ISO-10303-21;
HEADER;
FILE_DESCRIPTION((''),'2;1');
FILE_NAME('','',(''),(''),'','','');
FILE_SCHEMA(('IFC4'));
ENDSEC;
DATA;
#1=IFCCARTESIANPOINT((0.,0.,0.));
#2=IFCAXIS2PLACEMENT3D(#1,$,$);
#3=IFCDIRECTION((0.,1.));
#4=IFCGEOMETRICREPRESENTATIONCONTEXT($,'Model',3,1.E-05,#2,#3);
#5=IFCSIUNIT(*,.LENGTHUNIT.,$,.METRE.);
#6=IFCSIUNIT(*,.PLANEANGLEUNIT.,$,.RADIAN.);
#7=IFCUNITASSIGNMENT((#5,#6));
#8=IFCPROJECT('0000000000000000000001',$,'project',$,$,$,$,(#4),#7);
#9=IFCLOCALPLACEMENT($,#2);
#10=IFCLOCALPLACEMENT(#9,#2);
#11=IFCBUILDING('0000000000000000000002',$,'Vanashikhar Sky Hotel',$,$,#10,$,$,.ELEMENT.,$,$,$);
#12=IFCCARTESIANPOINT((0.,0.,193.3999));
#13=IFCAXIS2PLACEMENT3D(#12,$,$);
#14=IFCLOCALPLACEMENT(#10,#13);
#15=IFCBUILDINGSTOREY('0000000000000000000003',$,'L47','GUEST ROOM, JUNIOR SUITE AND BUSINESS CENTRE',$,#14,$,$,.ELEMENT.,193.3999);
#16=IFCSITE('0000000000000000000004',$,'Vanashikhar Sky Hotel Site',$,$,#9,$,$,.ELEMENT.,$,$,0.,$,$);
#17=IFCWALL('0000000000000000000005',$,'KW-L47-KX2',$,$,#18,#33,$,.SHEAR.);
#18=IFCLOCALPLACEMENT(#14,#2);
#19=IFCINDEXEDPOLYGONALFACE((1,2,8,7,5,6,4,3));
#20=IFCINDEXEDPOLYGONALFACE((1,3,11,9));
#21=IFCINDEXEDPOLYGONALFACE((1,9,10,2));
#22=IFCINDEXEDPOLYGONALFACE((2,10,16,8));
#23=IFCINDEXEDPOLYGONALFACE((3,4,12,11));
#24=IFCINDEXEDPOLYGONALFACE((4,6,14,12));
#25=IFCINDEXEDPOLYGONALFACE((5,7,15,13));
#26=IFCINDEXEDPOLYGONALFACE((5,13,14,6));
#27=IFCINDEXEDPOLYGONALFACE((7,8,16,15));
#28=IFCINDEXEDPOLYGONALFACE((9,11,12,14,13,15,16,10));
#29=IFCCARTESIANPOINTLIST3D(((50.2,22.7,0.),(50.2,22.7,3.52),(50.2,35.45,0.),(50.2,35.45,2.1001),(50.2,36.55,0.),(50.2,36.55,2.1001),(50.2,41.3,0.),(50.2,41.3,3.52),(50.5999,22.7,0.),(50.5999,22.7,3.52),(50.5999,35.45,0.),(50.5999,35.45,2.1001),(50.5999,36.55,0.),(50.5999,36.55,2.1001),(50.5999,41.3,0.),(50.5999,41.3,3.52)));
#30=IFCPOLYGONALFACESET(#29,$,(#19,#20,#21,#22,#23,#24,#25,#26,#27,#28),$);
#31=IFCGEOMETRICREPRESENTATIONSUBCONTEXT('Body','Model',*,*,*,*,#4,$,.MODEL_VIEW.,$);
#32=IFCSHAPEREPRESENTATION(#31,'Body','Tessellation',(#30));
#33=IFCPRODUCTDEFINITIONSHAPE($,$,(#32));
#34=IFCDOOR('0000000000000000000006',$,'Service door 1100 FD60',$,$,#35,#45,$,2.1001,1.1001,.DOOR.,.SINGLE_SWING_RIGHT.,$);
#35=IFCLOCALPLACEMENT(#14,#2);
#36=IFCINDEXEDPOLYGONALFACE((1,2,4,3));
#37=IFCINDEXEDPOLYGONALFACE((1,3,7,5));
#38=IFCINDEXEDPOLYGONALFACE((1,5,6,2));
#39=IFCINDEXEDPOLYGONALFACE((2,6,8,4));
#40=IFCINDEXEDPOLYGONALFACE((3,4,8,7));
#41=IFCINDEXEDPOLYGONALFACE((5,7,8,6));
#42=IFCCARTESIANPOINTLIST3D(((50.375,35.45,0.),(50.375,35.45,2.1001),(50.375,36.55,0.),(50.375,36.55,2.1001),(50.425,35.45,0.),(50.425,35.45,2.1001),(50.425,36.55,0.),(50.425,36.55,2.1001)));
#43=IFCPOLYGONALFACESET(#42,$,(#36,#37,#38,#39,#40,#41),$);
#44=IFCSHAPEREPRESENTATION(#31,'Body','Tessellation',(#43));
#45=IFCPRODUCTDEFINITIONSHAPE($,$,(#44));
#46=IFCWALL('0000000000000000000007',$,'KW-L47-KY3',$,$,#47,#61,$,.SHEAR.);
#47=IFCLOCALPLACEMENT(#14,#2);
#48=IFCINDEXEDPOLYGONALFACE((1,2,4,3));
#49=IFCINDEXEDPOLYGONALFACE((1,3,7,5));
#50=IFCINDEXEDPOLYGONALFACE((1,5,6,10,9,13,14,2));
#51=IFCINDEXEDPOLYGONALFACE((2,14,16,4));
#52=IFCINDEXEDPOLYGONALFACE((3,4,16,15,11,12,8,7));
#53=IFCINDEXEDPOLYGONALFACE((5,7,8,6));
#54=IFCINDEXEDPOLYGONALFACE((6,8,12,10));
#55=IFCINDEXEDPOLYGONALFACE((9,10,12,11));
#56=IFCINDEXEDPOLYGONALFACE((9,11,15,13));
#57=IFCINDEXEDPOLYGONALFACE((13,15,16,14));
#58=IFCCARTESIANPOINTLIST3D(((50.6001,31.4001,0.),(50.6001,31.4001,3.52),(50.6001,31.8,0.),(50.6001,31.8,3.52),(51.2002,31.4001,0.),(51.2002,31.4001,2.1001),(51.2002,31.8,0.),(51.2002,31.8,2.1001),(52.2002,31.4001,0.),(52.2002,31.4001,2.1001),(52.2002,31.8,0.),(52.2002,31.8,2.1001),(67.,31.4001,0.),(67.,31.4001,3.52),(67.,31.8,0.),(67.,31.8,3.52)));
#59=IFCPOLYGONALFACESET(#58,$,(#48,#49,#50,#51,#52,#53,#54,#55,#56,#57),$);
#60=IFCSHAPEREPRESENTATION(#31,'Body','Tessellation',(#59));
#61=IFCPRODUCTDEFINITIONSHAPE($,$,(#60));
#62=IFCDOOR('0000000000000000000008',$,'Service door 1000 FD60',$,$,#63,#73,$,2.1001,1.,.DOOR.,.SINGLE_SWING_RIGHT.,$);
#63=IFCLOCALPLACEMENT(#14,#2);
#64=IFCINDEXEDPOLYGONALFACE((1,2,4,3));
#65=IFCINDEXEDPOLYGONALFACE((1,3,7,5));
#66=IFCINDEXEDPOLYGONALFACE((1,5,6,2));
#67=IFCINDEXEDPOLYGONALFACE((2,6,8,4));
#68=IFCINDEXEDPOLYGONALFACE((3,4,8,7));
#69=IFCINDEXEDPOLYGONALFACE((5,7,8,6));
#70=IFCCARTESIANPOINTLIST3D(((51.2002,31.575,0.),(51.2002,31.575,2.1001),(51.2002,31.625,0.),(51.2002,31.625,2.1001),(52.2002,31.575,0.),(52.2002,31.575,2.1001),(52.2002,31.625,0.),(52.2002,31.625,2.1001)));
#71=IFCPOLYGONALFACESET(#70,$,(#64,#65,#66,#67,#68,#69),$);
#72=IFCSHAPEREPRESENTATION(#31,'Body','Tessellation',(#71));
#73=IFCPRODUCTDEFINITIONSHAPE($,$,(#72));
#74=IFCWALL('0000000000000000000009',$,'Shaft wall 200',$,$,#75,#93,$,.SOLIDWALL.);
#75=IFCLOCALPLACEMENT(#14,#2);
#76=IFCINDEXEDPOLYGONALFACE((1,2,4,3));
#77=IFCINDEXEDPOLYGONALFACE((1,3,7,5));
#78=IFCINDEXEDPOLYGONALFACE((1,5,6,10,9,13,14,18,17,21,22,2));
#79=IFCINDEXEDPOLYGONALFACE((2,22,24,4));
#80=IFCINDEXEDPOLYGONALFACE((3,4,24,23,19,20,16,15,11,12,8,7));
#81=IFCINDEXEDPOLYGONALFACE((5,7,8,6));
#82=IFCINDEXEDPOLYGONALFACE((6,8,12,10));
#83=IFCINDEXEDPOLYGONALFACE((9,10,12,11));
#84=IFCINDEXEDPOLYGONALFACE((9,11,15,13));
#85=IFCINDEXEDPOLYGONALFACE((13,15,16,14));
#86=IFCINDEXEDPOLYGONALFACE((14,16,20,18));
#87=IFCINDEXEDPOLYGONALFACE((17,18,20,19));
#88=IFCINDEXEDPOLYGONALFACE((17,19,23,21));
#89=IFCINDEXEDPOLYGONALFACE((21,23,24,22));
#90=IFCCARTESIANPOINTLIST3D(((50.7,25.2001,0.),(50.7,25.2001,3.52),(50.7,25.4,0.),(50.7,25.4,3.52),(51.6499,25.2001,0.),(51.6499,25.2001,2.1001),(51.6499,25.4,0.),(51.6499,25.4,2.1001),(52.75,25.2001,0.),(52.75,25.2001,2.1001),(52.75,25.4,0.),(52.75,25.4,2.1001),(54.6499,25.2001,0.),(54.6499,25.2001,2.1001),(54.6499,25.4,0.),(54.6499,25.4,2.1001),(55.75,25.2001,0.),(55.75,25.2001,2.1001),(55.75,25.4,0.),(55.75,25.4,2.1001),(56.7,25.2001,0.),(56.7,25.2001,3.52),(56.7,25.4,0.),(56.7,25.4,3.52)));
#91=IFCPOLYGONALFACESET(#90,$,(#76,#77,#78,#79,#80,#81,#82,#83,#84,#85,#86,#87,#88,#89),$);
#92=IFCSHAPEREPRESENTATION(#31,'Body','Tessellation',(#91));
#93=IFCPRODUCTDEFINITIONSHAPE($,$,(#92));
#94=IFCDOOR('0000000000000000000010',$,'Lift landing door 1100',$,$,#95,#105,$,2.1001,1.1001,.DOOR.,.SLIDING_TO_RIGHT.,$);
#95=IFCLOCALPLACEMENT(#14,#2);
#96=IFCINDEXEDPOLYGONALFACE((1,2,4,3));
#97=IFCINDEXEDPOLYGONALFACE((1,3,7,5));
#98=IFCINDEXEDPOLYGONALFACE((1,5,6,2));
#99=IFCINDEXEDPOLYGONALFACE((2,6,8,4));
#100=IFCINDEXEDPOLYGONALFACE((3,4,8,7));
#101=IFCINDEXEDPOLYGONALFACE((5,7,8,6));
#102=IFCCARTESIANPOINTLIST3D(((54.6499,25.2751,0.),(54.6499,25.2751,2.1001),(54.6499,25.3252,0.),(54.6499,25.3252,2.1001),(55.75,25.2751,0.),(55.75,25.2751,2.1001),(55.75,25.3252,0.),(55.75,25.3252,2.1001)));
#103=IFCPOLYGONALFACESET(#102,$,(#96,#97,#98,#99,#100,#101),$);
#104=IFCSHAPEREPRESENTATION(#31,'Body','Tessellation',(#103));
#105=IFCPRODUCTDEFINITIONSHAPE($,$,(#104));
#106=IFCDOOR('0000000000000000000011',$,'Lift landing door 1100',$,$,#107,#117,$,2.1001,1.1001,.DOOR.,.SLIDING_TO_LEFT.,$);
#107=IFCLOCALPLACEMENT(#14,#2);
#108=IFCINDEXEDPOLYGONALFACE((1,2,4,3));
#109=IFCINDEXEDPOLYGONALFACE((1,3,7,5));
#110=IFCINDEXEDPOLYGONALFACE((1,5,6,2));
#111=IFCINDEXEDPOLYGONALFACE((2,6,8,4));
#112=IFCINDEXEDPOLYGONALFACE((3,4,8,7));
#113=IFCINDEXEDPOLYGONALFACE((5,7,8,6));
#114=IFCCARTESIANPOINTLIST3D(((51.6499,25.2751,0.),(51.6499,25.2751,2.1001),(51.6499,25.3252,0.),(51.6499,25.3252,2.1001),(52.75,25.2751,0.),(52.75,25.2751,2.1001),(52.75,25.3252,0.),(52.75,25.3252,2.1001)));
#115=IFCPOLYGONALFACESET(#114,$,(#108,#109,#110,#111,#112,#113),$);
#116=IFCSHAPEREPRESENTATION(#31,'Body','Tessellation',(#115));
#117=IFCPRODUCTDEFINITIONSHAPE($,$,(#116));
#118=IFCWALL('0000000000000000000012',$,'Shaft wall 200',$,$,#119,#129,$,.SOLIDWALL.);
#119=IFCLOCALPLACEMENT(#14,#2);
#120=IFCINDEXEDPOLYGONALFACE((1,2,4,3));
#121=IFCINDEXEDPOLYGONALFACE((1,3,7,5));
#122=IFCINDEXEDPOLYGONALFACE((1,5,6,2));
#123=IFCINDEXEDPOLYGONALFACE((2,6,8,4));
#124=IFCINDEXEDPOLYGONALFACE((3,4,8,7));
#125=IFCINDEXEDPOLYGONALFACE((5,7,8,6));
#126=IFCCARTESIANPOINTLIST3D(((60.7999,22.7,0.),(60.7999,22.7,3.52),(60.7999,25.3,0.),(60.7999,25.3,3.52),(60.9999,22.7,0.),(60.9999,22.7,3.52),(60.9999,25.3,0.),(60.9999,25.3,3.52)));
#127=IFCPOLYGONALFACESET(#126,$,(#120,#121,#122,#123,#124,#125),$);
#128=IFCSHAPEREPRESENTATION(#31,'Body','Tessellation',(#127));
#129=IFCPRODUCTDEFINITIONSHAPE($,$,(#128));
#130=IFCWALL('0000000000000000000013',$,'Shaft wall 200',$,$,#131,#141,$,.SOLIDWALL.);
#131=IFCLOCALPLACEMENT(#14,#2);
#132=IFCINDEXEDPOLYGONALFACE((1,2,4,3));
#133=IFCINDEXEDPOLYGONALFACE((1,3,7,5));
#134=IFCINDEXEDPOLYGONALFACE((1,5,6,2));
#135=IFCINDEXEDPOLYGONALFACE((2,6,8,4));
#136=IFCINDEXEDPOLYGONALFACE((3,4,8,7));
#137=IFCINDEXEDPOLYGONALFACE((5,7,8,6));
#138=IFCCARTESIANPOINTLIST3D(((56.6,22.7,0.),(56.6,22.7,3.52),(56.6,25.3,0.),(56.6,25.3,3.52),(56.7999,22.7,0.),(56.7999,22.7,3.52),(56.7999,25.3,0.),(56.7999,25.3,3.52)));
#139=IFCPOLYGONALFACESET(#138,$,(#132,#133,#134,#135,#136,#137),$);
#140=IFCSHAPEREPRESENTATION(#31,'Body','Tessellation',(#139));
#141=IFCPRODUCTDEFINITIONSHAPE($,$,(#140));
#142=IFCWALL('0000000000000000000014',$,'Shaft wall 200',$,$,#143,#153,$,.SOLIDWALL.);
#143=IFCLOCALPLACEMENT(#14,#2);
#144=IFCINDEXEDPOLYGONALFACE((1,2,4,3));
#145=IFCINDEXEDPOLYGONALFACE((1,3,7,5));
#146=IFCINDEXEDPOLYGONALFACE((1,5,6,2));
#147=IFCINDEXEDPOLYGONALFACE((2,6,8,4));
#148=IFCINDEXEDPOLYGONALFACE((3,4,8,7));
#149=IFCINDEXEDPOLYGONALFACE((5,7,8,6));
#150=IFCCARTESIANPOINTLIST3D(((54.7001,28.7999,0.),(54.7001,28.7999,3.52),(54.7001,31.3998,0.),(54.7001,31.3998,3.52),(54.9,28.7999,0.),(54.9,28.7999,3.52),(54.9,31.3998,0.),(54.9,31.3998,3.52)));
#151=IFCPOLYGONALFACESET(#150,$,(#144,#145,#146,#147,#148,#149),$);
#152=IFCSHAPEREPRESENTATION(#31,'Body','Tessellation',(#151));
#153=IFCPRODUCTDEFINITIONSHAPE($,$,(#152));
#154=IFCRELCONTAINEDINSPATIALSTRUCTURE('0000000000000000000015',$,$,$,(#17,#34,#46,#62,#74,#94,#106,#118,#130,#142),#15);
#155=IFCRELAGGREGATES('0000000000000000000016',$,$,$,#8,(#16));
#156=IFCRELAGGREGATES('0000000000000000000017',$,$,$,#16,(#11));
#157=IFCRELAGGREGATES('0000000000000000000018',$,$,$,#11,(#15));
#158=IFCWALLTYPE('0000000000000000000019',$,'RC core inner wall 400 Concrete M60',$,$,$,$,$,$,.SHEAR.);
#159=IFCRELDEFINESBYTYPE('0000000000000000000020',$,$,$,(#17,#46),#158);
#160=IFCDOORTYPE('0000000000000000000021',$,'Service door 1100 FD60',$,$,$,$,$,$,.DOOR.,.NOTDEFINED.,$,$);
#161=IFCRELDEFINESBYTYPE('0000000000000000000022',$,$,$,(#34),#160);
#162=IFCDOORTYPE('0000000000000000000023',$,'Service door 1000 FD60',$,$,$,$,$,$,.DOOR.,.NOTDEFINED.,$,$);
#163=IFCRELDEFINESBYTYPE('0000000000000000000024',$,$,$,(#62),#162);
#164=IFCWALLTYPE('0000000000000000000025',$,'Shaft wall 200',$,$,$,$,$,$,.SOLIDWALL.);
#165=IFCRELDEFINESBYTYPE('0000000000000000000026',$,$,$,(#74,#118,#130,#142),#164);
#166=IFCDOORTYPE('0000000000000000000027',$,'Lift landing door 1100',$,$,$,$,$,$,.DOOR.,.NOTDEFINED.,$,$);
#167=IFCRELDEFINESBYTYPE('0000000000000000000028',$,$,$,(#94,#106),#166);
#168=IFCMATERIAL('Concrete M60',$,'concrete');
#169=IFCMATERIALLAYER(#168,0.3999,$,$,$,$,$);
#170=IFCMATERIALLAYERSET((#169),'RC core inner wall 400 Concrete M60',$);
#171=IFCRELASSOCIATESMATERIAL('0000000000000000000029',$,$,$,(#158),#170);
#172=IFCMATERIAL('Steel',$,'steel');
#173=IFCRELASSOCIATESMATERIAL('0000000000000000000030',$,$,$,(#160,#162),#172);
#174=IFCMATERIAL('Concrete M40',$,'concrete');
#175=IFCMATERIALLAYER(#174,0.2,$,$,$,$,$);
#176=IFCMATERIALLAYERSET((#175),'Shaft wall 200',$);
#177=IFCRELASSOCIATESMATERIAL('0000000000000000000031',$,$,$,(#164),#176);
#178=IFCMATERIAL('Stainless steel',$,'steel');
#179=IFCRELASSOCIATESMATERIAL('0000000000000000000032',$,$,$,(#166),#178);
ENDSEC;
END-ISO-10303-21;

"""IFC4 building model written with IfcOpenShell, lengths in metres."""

from ifc_helpers import new_model, si_unit, direction, frame, frame_2d, origin, place, context, subcontext, project, spatial, rectangle, extrude, source, transform, mapped, material, layer, layer_set, type_object, element, fill, save


model = new_model("IFC4")

# Units and contexts
model_context = context("Model", 3, precision=1e-05, world=origin(), true_north=direction((0.0, 1.0)))
body_context = subcontext(model_context, "Body", "Model", "MODEL_VIEW")
ifc_project = project(units=[si_unit("LENGTHUNIT", "METRE"), si_unit("PLANEANGLEUNIT", "RADIAN")], contexts=[model_context])

# Site, building, storey
site_placement = place(None, origin())
site = spatial("IfcSite", under=ifc_project, at=site_placement, Name="Vanashikhar Sky Hotel Site", CompositionType="ELEMENT", RefElevation=0.0)
building_placement = place(site_placement, origin())
building = spatial("IfcBuilding", under=site, at=building_placement, Name="Vanashikhar Sky Hotel", CompositionType="ELEMENT")
storey_placement = place(building_placement, frame((0.0, 0.0, 193.3999)))
storey = spatial("IfcBuildingStorey", under=building, at=storey_placement, Name="L47", Description="GUEST ROOM, JUNIOR SUITE AND BUSINESS CENTRE", CompositionType="ELEMENT", Elevation=193.3999)

# Walls, openings, doors
ifc_material_1 = material(Name="Concrete M60", Category="concrete")
ifc_layer_1 = layer(ifc_material_1, 0.3999)
ifc_layer_set_1 = layer_set([ifc_layer_1], Name="RC core inner wall 400 Concrete M60")
wall_type_1 = type_object("IfcWallType", Name="RC core inner wall 400 Concrete M60", PredefinedType="SHEAR", material=ifc_layer_set_1)
shared_shape_1 = source(origin(), body_context, "Body", "SweptSolid", [
    extrude(rectangle(XDim=18.6001, YDim=0.3999, at=frame_2d((9.3, 0.0))), origin(), (0.0, 0.0, 1.0), 3.52),
])
wall_1_placement = place(storey_placement, frame((50.3999, 22.7, 0.0), z_axis=(0.0, 0.0, 1.0), x_axis=(0.0, 1.0, 0.0)))
wall_1 = element("IfcWall", 1, at=wall_1_placement, inside=storey, type_object=wall_type_1, Name="KW-L47-KX2", PredefinedType="SHEAR", context=body_context, shape_type="MappedRepresentation", body=[
    mapped(shared_shape_1, transform((0.0, 0.0, 0.0), scale=1.0)),
])
shared_shape_2 = source(origin(), body_context, "Body", "SweptSolid", [
    extrude(rectangle(XDim=1.1001, YDim=2.1001, at=frame_2d((0.55, 1.05))), frame((0.0, 0.21, 0.0), z_axis=(0.0, -1.0, 0.0), x_axis=(1.0, 0.0, 0.0)), (0.0, 0.0, 1.0), 0.4199),
])
opening_1_placement = place(wall_1_placement, frame((12.75, 0.0, 0.0)))
opening_1 = element("IfcOpeningElement", 2, at=opening_1_placement, cuts=wall_1, PredefinedType="OPENING", context=body_context, shape_type="MappedRepresentation", body=[
    mapped(shared_shape_2, transform((0.0, 0.0, 0.0), scale=1.0)),
])
ifc_material_2 = material(Name="Steel", Category="steel")
door_type_1 = type_object("IfcDoorType", Name="Service door 1100 FD60", OperationType="NOTDEFINED", PredefinedType="DOOR", material=ifc_material_2)
shared_shape_3 = source(origin(), body_context, "Body", "SweptSolid", [
    extrude(rectangle(XDim=1.1001, YDim=2.1001, at=frame_2d((0.55, 1.05))), frame((0.0, 0.0249, 0.0), z_axis=(0.0, -1.0, 0.0), x_axis=(1.0, 0.0, 0.0)), (0.0, 0.0, 1.0), 0.05),
])
door_1_placement = place(opening_1_placement, origin())
door_1 = element("IfcDoor", 3, at=door_1_placement, inside=storey, type_object=door_type_1, Name="Service door 1100 FD60", OperationType="SINGLE_SWING_RIGHT", OverallHeight=2.1001, OverallWidth=1.1001, PredefinedType="DOOR", context=body_context, shape_type="MappedRepresentation", body=[
    mapped(shared_shape_3, transform((0.0, 0.0, 0.0), scale=1.0)),
])
fill(opening_1, door_1)
shared_shape_4 = source(origin(), body_context, "Body", "SweptSolid", [
    extrude(rectangle(XDim=16.3999, YDim=0.3999, at=frame_2d((8.2, 0.0))), origin(), (0.0, 0.0, 1.0), 3.52),
])
wall_2_placement = place(storey_placement, frame((50.6001, 31.6001, 0.0), z_axis=(0.0, 0.0, 1.0), x_axis=(1.0, 0.0, 0.0)))
wall_2 = element("IfcWall", 4, at=wall_2_placement, inside=storey, type_object=wall_type_1, Name="KW-L47-KY3", PredefinedType="SHEAR", context=body_context, shape_type="MappedRepresentation", body=[
    mapped(shared_shape_4, transform((0.0, 0.0, 0.0), scale=1.0)),
])
shared_shape_5 = source(origin(), body_context, "Body", "SweptSolid", [
    extrude(rectangle(XDim=1.0, YDim=2.1001, at=frame_2d((0.5, 1.05))), frame((0.0, 0.21, 0.0), z_axis=(0.0, -1.0, 0.0), x_axis=(1.0, 0.0, 0.0)), (0.0, 0.0, 1.0), 0.4199),
])
opening_2_placement = place(wall_2_placement, frame((0.6001, 0.0, 0.0)))
opening_2 = element("IfcOpeningElement", 5, at=opening_2_placement, cuts=wall_2, PredefinedType="OPENING", context=body_context, shape_type="MappedRepresentation", body=[
    mapped(shared_shape_5, transform((0.0, 0.0, 0.0), scale=1.0)),
])
door_type_2 = type_object("IfcDoorType", Name="Service door 1000 FD60", OperationType="NOTDEFINED", PredefinedType="DOOR", material=ifc_material_2)
shared_shape_6 = source(origin(), body_context, "Body", "SweptSolid", [
    extrude(rectangle(XDim=1.0, YDim=2.1001, at=frame_2d((0.5, 1.05))), frame((0.0, 0.0249, 0.0), z_axis=(0.0, -1.0, 0.0), x_axis=(1.0, 0.0, 0.0)), (0.0, 0.0, 1.0), 0.05),
])
door_2_placement = place(opening_2_placement, origin())
door_2 = element("IfcDoor", 6, at=door_2_placement, inside=storey, type_object=door_type_2, Name="Service door 1000 FD60", OperationType="SINGLE_SWING_RIGHT", OverallHeight=2.1001, OverallWidth=1.0, PredefinedType="DOOR", context=body_context, shape_type="MappedRepresentation", body=[
    mapped(shared_shape_6, transform((0.0, 0.0, 0.0), scale=1.0)),
])
fill(opening_2, door_2)

# Wall, openings, doors
ifc_material_3 = material(Name="Concrete M40", Category="concrete")
ifc_layer_2 = layer(ifc_material_3, 0.2)
ifc_layer_set_2 = layer_set([ifc_layer_2], Name="Shaft wall 200")
wall_type_2 = type_object("IfcWallType", Name="Shaft wall 200", PredefinedType="SOLIDWALL", material=ifc_layer_set_2)
shared_shape_7 = source(origin(), body_context, "Body", "SweptSolid", [
    extrude(rectangle(XDim=6.0, YDim=0.2, at=frame_2d((3.0, 0.0))), origin(), (0.0, 0.0, 1.0), 3.52),
])
wall_3_placement = place(storey_placement, frame((56.7, 25.3, 0.0), z_axis=(0.0, 0.0, 1.0), x_axis=(-1.0, 0.0, 0.0)))
wall_3 = element("IfcWall", 7, at=wall_3_placement, inside=storey, type_object=wall_type_2, Name="Shaft wall 200", PredefinedType="SOLIDWALL", context=body_context, shape_type="MappedRepresentation", body=[
    mapped(shared_shape_7, transform((0.0, 0.0, 0.0), scale=1.0)),
])
shared_shape_8 = source(origin(), body_context, "Body", "SweptSolid", [
    extrude(rectangle(XDim=1.1001, YDim=2.1001, at=frame_2d((0.55, 1.05))), frame((0.0, 0.1099, 0.0), z_axis=(0.0, -1.0, 0.0), x_axis=(1.0, 0.0, 0.0)), (0.0, 0.0, 1.0), 0.22),
])
opening_3_placement = place(wall_3_placement, frame((0.95, 0.0, 0.0)))
opening_3 = element("IfcOpeningElement", 8, at=opening_3_placement, cuts=wall_3, PredefinedType="OPENING", context=body_context, shape_type="MappedRepresentation", body=[
    mapped(shared_shape_8, transform((0.0, 0.0, 0.0), scale=1.0)),
])
opening_4_placement = place(wall_3_placement, frame((3.95, 0.0, 0.0)))
opening_4 = element("IfcOpeningElement", 9, at=opening_4_placement, cuts=wall_3, PredefinedType="OPENING", context=body_context, shape_type="MappedRepresentation", body=[
    mapped(shared_shape_8, transform((0.0, 0.0, 0.0), scale=1.0)),
])
ifc_material_4 = material(Name="Stainless steel", Category="steel")
door_type_3 = type_object("IfcDoorType", Name="Lift landing door 1100", OperationType="NOTDEFINED", PredefinedType="DOOR", material=ifc_material_4)
door_3_placement = place(opening_3_placement, origin())
door_3 = element("IfcDoor", 10, at=door_3_placement, inside=storey, type_object=door_type_3, Name="Lift landing door 1100", OperationType="SLIDING_TO_RIGHT", OverallHeight=2.1001, OverallWidth=1.1001, PredefinedType="DOOR", context=body_context, shape_type="MappedRepresentation", body=[
    mapped(shared_shape_3, transform((0.0, 0.0, 0.0), scale=1.0)),
])
fill(opening_3, door_3)
door_4_placement = place(opening_4_placement, origin())
door_4 = element("IfcDoor", 11, at=door_4_placement, inside=storey, type_object=door_type_3, Name="Lift landing door 1100", OperationType="SLIDING_TO_LEFT", OverallHeight=2.1001, OverallWidth=1.1001, PredefinedType="DOOR", context=body_context, shape_type="MappedRepresentation", body=[
    mapped(shared_shape_3, transform((0.0, 0.0, 0.0), scale=1.0)),
])
fill(opening_4, door_4)

# Walls
shared_shape_9 = source(origin(), body_context, "Body", "SweptSolid", [
    extrude(rectangle(XDim=2.6001, YDim=0.2, at=frame_2d((1.3, 0.0))), origin(), (0.0, 0.0, 1.0), 3.52),
])
for number, where, z_axis, x_axis, name in (
    (12, (60.8999, 22.7, 0.0), (0.0, 0.0, 1.0), (0.0, 1.0, 0.0), "Shaft wall 200"),
    (13, (56.7, 22.7, 0.0), (0.0, 0.0, 1.0), (0.0, 1.0, 0.0), "Shaft wall 200"),
):
    element("IfcWall", number, at=place(storey_placement, frame(where, z_axis=z_axis, x_axis=x_axis)), inside=storey, type_object=wall_type_2, Name=name, PredefinedType="SOLIDWALL", context=body_context, shape_type="MappedRepresentation", body=[
        mapped(shared_shape_9, transform((0.0, 0.0, 0.0), scale=1.0)),
    ])
shared_shape_10 = source(origin(), body_context, "Body", "SweptSolid", [
    extrude(rectangle(XDim=2.5999, YDim=0.2, at=frame_2d((1.2998, 0.0))), origin(), (0.0, 0.0, 1.0), 3.52),
])
wall_4_placement = place(storey_placement, frame((54.8, 28.8, 0.0), z_axis=(0.0, 0.0, 1.0), x_axis=(0.0, 1.0, 0.0)))
element("IfcWall", 14, at=wall_4_placement, inside=storey, type_object=wall_type_2, Name="Shaft wall 200", PredefinedType="SOLIDWALL", context=body_context, shape_type="MappedRepresentation", body=[
    mapped(shared_shape_10, transform((0.0, 0.0, 0.0), scale=1.0)),
])

save(model, "model.ifc")
